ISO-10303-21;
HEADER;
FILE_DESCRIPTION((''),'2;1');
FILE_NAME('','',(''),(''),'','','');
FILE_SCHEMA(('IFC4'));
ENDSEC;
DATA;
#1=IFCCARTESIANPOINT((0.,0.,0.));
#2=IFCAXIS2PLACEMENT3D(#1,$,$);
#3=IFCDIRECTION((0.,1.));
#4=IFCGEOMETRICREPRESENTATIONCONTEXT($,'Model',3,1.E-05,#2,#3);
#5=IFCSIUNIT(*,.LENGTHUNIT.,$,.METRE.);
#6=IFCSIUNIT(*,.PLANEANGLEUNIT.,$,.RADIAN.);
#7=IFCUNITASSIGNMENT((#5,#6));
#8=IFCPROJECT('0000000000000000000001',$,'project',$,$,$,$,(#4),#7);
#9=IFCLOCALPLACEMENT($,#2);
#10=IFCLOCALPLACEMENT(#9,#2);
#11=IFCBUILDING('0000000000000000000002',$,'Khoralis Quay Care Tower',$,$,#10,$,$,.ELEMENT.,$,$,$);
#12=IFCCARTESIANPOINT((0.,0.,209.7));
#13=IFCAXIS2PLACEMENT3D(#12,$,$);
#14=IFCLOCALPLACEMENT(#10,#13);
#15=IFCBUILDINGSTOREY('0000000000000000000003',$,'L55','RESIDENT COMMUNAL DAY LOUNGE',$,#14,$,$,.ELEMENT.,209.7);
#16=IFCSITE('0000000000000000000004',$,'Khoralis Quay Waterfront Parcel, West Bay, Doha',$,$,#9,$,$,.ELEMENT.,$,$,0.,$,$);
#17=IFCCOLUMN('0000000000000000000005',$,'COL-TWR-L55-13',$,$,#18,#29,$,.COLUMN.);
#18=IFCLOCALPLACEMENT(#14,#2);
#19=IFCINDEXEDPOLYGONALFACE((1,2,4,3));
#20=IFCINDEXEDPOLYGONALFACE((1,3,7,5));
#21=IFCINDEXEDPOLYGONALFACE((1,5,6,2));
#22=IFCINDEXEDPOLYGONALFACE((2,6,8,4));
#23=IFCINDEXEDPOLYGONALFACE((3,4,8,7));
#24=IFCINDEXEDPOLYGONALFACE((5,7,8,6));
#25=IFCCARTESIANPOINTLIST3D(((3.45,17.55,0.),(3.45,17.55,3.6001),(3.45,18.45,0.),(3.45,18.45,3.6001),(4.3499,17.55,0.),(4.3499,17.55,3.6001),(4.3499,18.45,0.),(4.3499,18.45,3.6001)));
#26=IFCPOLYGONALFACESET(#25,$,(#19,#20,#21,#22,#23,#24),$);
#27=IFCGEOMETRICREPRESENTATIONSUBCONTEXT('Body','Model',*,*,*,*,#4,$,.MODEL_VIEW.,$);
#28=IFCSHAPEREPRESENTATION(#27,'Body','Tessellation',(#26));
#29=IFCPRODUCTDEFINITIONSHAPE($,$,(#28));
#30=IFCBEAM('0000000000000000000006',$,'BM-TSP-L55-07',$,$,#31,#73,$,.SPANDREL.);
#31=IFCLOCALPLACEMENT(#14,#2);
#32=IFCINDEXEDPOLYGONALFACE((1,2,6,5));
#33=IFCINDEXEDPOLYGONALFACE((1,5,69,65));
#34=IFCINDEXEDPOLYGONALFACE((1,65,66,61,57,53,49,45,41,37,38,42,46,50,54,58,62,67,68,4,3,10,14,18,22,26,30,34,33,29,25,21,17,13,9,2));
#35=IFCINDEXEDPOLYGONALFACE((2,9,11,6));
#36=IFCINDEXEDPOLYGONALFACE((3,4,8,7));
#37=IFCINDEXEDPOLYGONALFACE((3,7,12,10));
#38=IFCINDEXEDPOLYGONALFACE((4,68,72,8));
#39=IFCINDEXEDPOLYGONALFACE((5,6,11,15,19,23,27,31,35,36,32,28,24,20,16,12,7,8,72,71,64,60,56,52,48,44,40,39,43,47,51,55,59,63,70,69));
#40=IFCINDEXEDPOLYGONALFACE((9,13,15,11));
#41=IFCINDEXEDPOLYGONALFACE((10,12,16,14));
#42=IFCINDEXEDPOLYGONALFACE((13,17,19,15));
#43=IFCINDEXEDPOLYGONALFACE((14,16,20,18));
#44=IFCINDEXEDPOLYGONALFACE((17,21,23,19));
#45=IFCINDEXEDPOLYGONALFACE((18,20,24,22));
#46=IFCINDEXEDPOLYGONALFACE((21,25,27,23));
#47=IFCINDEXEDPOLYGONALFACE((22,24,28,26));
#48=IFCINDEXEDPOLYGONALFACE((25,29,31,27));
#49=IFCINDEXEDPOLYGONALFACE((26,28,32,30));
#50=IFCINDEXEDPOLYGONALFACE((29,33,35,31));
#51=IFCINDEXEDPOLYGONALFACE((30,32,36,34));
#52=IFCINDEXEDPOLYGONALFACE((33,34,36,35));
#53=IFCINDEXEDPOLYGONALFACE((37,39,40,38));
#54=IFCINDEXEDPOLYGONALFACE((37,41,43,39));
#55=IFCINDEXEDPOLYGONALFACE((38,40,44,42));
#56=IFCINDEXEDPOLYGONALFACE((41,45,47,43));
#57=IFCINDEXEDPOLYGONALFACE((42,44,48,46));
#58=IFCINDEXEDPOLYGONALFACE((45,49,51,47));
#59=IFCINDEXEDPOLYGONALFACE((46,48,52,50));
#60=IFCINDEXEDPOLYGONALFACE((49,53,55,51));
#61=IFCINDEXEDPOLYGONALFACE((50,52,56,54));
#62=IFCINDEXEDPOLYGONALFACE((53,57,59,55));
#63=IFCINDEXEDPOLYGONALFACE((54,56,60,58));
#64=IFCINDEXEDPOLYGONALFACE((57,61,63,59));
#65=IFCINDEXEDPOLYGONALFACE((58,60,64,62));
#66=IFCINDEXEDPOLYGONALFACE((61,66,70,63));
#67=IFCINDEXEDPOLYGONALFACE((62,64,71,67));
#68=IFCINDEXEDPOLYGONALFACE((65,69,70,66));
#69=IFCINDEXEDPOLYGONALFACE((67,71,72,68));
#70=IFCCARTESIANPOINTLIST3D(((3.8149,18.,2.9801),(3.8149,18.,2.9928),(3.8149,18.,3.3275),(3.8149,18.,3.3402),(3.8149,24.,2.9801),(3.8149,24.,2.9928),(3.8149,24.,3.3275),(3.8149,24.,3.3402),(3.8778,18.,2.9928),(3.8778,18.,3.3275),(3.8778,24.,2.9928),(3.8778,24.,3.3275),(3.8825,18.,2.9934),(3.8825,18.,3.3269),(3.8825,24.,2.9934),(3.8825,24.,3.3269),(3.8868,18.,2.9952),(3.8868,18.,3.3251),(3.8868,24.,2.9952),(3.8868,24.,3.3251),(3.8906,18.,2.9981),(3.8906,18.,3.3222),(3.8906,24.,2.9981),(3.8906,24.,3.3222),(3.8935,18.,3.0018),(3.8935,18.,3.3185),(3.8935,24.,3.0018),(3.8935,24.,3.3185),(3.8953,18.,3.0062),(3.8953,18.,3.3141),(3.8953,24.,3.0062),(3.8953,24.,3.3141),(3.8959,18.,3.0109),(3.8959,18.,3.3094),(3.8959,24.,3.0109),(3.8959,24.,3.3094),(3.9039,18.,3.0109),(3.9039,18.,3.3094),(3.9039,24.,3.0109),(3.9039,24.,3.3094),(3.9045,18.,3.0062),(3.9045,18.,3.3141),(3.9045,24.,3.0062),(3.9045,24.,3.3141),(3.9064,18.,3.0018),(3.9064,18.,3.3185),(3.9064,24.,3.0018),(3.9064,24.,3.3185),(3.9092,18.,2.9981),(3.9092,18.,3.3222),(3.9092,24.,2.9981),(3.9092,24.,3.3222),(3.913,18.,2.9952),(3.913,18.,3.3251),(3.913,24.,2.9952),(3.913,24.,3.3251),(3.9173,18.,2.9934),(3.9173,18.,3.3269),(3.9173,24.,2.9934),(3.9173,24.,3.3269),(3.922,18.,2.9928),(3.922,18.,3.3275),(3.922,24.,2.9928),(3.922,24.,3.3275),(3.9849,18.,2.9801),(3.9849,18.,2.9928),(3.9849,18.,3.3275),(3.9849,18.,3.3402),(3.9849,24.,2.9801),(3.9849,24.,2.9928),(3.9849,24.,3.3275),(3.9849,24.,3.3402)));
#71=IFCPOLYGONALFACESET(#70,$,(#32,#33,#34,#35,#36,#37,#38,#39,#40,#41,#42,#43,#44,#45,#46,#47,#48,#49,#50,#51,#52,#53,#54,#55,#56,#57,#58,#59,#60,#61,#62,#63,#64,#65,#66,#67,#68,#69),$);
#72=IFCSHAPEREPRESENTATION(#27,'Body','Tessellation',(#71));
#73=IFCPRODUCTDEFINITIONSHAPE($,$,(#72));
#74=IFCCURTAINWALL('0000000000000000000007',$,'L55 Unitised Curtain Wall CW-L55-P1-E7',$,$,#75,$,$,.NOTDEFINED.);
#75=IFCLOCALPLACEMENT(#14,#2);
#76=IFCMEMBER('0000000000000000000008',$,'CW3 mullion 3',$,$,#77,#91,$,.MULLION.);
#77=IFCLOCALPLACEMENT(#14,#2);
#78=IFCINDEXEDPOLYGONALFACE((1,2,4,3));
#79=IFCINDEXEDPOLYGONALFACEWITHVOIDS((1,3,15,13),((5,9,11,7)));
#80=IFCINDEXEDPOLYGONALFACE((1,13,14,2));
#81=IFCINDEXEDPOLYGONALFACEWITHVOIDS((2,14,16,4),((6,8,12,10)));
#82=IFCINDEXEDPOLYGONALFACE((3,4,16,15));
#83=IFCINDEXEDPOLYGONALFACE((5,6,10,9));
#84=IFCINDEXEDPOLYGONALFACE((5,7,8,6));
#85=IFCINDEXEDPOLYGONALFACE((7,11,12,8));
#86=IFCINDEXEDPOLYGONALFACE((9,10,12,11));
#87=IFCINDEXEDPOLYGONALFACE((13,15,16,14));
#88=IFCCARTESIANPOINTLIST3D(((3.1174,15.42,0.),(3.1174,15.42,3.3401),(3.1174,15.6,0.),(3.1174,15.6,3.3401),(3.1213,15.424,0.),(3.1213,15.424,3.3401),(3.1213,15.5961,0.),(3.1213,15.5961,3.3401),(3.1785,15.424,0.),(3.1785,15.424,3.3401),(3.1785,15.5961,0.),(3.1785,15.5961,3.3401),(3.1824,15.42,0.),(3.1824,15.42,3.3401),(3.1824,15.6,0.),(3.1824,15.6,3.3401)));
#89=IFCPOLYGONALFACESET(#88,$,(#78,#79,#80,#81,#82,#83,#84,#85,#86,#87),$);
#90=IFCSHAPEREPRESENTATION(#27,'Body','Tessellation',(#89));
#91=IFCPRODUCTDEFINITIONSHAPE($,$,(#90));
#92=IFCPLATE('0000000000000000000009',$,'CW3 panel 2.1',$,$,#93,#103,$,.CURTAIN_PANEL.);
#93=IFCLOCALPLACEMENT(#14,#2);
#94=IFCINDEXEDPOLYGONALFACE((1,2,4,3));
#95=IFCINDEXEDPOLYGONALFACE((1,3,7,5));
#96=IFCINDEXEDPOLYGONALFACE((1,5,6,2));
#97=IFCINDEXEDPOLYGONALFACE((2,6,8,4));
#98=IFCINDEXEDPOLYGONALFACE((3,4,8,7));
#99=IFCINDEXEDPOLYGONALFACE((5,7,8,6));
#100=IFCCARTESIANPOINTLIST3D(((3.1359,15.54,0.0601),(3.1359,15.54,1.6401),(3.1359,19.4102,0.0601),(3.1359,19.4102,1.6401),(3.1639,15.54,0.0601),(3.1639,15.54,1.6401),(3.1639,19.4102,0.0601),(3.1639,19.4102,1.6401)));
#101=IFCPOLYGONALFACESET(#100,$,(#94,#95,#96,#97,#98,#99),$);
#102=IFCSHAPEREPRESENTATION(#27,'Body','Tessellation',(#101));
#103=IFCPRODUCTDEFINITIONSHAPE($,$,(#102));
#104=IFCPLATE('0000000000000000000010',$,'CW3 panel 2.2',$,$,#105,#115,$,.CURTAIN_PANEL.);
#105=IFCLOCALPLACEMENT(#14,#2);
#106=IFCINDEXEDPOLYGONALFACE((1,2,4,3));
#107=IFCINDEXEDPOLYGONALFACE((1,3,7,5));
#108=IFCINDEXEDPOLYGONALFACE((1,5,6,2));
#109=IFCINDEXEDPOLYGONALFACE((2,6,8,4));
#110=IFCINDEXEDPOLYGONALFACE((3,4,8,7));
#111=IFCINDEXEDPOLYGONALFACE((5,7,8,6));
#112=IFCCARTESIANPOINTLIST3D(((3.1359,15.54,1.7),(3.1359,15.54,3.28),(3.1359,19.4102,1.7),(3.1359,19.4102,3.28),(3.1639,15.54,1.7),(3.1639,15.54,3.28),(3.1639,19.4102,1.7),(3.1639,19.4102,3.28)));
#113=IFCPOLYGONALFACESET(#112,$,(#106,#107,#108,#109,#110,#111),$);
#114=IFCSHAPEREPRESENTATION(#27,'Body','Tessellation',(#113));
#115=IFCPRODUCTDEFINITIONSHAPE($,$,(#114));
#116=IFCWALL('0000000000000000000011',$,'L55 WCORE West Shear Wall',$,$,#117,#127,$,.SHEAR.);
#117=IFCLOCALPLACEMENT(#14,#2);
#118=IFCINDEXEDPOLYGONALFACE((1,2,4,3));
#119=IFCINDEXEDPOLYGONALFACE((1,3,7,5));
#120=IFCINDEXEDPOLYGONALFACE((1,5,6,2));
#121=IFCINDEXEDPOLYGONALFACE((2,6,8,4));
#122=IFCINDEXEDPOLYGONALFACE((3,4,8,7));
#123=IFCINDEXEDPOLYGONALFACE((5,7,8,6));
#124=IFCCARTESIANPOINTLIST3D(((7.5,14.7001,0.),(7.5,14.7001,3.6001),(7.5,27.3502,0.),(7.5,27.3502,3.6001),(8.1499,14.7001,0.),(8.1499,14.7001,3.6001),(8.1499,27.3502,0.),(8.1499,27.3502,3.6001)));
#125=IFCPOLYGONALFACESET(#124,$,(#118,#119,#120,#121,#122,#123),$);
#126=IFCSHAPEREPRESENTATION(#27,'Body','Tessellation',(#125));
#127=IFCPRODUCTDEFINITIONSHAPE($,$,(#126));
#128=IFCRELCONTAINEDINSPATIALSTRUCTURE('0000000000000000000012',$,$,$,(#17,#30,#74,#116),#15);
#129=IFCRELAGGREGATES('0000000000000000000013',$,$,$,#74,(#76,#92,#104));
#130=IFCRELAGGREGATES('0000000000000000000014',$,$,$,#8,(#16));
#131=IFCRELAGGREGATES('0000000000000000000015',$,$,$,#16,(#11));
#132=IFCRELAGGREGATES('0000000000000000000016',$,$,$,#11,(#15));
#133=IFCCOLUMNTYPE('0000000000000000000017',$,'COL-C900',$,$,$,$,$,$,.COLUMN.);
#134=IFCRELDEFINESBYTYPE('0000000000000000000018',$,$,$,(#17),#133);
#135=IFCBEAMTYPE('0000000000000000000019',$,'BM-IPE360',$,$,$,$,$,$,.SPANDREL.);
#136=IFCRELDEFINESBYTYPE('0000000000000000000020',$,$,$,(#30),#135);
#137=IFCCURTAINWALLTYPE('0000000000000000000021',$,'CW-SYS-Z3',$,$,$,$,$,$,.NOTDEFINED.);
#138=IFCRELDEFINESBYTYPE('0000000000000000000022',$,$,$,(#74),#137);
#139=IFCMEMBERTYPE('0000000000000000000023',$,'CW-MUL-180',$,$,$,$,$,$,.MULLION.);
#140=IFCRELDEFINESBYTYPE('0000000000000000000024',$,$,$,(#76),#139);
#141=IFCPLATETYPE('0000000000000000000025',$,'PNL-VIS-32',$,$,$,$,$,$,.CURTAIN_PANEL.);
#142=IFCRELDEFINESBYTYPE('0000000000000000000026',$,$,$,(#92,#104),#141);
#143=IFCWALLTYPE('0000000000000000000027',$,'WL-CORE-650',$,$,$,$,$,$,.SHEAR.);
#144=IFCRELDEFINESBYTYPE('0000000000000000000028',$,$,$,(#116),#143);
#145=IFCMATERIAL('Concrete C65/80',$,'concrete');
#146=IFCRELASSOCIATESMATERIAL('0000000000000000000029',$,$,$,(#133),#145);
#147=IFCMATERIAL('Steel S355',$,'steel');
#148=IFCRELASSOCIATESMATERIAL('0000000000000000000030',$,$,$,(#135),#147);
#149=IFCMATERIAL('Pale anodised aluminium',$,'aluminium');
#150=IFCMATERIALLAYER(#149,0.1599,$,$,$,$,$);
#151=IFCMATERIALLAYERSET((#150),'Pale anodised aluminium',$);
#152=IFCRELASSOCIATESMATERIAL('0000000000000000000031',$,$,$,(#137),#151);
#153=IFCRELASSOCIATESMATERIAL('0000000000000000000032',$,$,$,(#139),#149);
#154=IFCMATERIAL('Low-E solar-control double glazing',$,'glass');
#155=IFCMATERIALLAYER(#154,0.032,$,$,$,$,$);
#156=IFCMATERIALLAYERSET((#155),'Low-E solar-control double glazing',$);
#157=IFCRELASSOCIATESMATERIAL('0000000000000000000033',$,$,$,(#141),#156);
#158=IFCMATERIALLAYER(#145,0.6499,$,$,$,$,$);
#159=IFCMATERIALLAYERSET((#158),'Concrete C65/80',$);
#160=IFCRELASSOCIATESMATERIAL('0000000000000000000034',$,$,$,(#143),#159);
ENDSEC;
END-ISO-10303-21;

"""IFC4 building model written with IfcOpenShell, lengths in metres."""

from ifc_helpers import new_model, si_unit, direction, frame, frame_2d, origin, origin_2d, place, context, subcontext, project, spatial, rectangle, hollow_rectangle, i_section, extrude, source, transform, mapped, material, layer, layer_set, material_profile, profile_set, type_object, element, aggregate, save


model = new_model("IFC4")

# Units and contexts
model_context = context("Model", 3, precision=1e-05, world=origin(), true_north=direction((0.0, 1.0)))
body_context = subcontext(model_context, "Body", "Model", "MODEL_VIEW")
ifc_project = project(units=[si_unit("LENGTHUNIT", "METRE"), si_unit("PLANEANGLEUNIT", "RADIAN")], contexts=[model_context])

# Site, building, storey
site_placement = place(None, origin())
site = spatial("IfcSite", under=ifc_project, at=site_placement, Name="Khoralis Quay Waterfront Parcel, West Bay, Doha", CompositionType="ELEMENT", RefElevation=0.0)
building_placement = place(site_placement, origin())
building = spatial("IfcBuilding", under=site, at=building_placement, Name="Khoralis Quay Care Tower", CompositionType="ELEMENT")
storey_placement = place(building_placement, frame((0.0, 0.0, 209.7)))
storey = spatial("IfcBuildingStorey", under=building, at=storey_placement, Name="L55", Description="RESIDENT COMMUNAL DAY LOUNGE", CompositionType="ELEMENT", Elevation=209.7)

# Column
ifc_material_1 = material(Name="Concrete C65/80", Category="concrete")
ifc_material_profile_1 = material_profile(ifc_material_1, rectangle(XDim=0.8999, YDim=0.8999, at=origin_2d()), Name="Concrete C65/80")
ifc_profile_set_1 = profile_set([ifc_material_profile_1], Name="Concrete C65/80")
column_type = type_object("IfcColumnType", Name="COL-C900", PredefinedType="COLUMN", material=ifc_profile_set_1)
shared_shape_1 = source(origin(), body_context, "Body", "SweptSolid", [
    extrude(rectangle(XDim=0.8999, YDim=0.8999, at=origin_2d()), origin(), (0.0, 0.0, 1.0), 3.6001),
])
column_placement = place(storey_placement, frame((3.8999, 18.0, 0.0), z_axis=(0.0, 0.0, 1.0), x_axis=(1.0, 0.0, 0.0)))
element("IfcColumn", 1, at=column_placement, inside=storey, type_object=column_type, Name="COL-TWR-L55-13", PredefinedType="COLUMN", context=body_context, shape_type="MappedRepresentation", body=[
    mapped(shared_shape_1, transform((0.0, 0.0, 0.0), scale=1.0)),
])

# Beam
ifc_material_2 = material(Name="Steel S355", Category="steel")
ifc_material_profile_2 = material_profile(ifc_material_2, i_section(OverallWidth=0.1699, OverallDepth=0.3601, WebThickness=0.0081, FlangeThickness=0.0127, FilletRadius=0.0181, at=origin_2d()), Name="Steel S355")
ifc_profile_set_2 = profile_set([ifc_material_profile_2], Name="Steel S355")
beam_type = type_object("IfcBeamType", Name="BM-IPE360", PredefinedType="SPANDREL", material=ifc_profile_set_2)
shared_shape_2 = source(origin(), body_context, "Body", "SweptSolid", [
    extrude(i_section(OverallWidth=0.1699, OverallDepth=0.3601, WebThickness=0.0081, FlangeThickness=0.0127, FilletRadius=0.0181, at=origin_2d()), origin(), (0.0, 0.0, 1.0), 6.0),
])
beam_placement = place(storey_placement, frame((3.8999, 18.0, 3.1602), z_axis=(0.0, 1.0, 0.0), x_axis=(-1.0, 0.0, 0.0)))
element("IfcBeam", 2, at=beam_placement, inside=storey, type_object=beam_type, Name="BM-TSP-L55-07", PredefinedType="SPANDREL", context=body_context, shape_type="MappedRepresentation", body=[
    mapped(shared_shape_2, transform((0.0, 0.0, 0.0), scale=1.0)),
])

# Curtain wall, member, plates
ifc_material_3 = material(Name="Pale anodised aluminium", Category="aluminium")
ifc_layer_1 = layer(ifc_material_3, 0.1599)
ifc_layer_set_1 = layer_set([ifc_layer_1], Name="Pale anodised aluminium")
curtain_wall_type = type_object("IfcCurtainWallType", Name="CW-SYS-Z3", PredefinedType="NOTDEFINED", material=ifc_layer_set_1)
curtain_wall_placement = place(storey_placement, origin())
curtain_wall = element("IfcCurtainWall", 3, at=curtain_wall_placement, inside=storey, type_object=curtain_wall_type, Name="L55 Unitised Curtain Wall CW-L55-P1-E7", PredefinedType="NOTDEFINED")
ifc_material_profile_3 = material_profile(ifc_material_3, hollow_rectangle(XDim=0.0649, YDim=0.1799, WallThickness=0.0039, at=origin_2d()), Name="Pale anodised aluminium")
ifc_profile_set_3 = profile_set([ifc_material_profile_3], Name="Pale anodised aluminium")
member_type = type_object("IfcMemberType", Name="CW-MUL-180", PredefinedType="MULLION", material=ifc_profile_set_3)
shared_shape_3 = source(origin(), body_context, "Body", "SweptSolid", [
    extrude(hollow_rectangle(XDim=0.0649, YDim=0.1799, WallThickness=0.0039, at=origin_2d()), origin(), (0.0, 0.0, 1.0), 3.3401),
])
member_placement = place(storey_placement, frame((3.1499, 15.51, 0.0), z_axis=(0.0, 0.0, 1.0), x_axis=(1.0, 0.0, 0.0)))
member = element("IfcMember", 4, at=member_placement, type_object=member_type, Name="CW3 mullion 3", PredefinedType="MULLION", context=body_context, shape_type="MappedRepresentation", body=[
    mapped(shared_shape_3, transform((0.0, 0.0, 0.0), scale=1.0)),
])
ifc_material_4 = material(Name="Low-E solar-control double glazing", Category="glass")
ifc_layer_2 = layer(ifc_material_4, 0.032)
ifc_layer_set_2 = layer_set([ifc_layer_2], Name="Low-E solar-control double glazing")
plate_type = type_object("IfcPlateType", Name="PNL-VIS-32", PredefinedType="CURTAIN_PANEL", material=ifc_layer_set_2)
shared_shape_4 = source(origin(), body_context, "Body", "SweptSolid", [
    extrude(rectangle(XDim=3.8701, YDim=0.0281, at=origin_2d()), origin(), (0.0, 0.0, 1.0), 1.5801),
])
plate_1_placement = place(storey_placement, frame((3.1499, 17.4751, 0.0601), z_axis=(0.0, 0.0, 1.0), x_axis=(0.0, -1.0, 0.0)))
plate_1 = element("IfcPlate", 5, at=plate_1_placement, type_object=plate_type, Name="CW3 panel 2.1", PredefinedType="CURTAIN_PANEL", context=body_context, shape_type="MappedRepresentation", body=[
    mapped(shared_shape_4, transform((0.0, 0.0, 0.0), scale=1.0)),
])
plate_2_placement = place(storey_placement, frame((3.1499, 17.4751, 1.7), z_axis=(0.0, 0.0, 1.0), x_axis=(0.0, -1.0, 0.0)))
plate_2 = element("IfcPlate", 6, at=plate_2_placement, type_object=plate_type, Name="CW3 panel 2.2", PredefinedType="CURTAIN_PANEL", context=body_context, shape_type="MappedRepresentation", body=[
    mapped(shared_shape_4, transform((0.0, 0.0, 0.0), scale=1.0)),
])
aggregate(curtain_wall, [member, plate_1, plate_2])

# Wall
ifc_layer_3 = layer(ifc_material_1, 0.6499)
ifc_layer_set_3 = layer_set([ifc_layer_3], Name="Concrete C65/80")
wall_type_1 = type_object("IfcWallType", Name="WL-CORE-650", PredefinedType="SHEAR", material=ifc_layer_set_3)
wall_1_placement = place(storey_placement, frame((7.825, 14.7, 0.0), z_axis=(0.0, 0.0, 1.0), x_axis=(0.0, 1.0, 0.0)))
element("IfcWall", 7, at=wall_1_placement, inside=storey, type_object=wall_type_1, Name="L55 WCORE West Shear Wall", PredefinedType="SHEAR", context=body_context, shape_type="SweptSolid", body=[
    extrude(rectangle(XDim=12.6501, YDim=0.6499, at=frame_2d((6.3252, 0.0))), origin(), (0.0, 0.0, 1.0), 3.6001),
])

save(model, "model.ifc")
